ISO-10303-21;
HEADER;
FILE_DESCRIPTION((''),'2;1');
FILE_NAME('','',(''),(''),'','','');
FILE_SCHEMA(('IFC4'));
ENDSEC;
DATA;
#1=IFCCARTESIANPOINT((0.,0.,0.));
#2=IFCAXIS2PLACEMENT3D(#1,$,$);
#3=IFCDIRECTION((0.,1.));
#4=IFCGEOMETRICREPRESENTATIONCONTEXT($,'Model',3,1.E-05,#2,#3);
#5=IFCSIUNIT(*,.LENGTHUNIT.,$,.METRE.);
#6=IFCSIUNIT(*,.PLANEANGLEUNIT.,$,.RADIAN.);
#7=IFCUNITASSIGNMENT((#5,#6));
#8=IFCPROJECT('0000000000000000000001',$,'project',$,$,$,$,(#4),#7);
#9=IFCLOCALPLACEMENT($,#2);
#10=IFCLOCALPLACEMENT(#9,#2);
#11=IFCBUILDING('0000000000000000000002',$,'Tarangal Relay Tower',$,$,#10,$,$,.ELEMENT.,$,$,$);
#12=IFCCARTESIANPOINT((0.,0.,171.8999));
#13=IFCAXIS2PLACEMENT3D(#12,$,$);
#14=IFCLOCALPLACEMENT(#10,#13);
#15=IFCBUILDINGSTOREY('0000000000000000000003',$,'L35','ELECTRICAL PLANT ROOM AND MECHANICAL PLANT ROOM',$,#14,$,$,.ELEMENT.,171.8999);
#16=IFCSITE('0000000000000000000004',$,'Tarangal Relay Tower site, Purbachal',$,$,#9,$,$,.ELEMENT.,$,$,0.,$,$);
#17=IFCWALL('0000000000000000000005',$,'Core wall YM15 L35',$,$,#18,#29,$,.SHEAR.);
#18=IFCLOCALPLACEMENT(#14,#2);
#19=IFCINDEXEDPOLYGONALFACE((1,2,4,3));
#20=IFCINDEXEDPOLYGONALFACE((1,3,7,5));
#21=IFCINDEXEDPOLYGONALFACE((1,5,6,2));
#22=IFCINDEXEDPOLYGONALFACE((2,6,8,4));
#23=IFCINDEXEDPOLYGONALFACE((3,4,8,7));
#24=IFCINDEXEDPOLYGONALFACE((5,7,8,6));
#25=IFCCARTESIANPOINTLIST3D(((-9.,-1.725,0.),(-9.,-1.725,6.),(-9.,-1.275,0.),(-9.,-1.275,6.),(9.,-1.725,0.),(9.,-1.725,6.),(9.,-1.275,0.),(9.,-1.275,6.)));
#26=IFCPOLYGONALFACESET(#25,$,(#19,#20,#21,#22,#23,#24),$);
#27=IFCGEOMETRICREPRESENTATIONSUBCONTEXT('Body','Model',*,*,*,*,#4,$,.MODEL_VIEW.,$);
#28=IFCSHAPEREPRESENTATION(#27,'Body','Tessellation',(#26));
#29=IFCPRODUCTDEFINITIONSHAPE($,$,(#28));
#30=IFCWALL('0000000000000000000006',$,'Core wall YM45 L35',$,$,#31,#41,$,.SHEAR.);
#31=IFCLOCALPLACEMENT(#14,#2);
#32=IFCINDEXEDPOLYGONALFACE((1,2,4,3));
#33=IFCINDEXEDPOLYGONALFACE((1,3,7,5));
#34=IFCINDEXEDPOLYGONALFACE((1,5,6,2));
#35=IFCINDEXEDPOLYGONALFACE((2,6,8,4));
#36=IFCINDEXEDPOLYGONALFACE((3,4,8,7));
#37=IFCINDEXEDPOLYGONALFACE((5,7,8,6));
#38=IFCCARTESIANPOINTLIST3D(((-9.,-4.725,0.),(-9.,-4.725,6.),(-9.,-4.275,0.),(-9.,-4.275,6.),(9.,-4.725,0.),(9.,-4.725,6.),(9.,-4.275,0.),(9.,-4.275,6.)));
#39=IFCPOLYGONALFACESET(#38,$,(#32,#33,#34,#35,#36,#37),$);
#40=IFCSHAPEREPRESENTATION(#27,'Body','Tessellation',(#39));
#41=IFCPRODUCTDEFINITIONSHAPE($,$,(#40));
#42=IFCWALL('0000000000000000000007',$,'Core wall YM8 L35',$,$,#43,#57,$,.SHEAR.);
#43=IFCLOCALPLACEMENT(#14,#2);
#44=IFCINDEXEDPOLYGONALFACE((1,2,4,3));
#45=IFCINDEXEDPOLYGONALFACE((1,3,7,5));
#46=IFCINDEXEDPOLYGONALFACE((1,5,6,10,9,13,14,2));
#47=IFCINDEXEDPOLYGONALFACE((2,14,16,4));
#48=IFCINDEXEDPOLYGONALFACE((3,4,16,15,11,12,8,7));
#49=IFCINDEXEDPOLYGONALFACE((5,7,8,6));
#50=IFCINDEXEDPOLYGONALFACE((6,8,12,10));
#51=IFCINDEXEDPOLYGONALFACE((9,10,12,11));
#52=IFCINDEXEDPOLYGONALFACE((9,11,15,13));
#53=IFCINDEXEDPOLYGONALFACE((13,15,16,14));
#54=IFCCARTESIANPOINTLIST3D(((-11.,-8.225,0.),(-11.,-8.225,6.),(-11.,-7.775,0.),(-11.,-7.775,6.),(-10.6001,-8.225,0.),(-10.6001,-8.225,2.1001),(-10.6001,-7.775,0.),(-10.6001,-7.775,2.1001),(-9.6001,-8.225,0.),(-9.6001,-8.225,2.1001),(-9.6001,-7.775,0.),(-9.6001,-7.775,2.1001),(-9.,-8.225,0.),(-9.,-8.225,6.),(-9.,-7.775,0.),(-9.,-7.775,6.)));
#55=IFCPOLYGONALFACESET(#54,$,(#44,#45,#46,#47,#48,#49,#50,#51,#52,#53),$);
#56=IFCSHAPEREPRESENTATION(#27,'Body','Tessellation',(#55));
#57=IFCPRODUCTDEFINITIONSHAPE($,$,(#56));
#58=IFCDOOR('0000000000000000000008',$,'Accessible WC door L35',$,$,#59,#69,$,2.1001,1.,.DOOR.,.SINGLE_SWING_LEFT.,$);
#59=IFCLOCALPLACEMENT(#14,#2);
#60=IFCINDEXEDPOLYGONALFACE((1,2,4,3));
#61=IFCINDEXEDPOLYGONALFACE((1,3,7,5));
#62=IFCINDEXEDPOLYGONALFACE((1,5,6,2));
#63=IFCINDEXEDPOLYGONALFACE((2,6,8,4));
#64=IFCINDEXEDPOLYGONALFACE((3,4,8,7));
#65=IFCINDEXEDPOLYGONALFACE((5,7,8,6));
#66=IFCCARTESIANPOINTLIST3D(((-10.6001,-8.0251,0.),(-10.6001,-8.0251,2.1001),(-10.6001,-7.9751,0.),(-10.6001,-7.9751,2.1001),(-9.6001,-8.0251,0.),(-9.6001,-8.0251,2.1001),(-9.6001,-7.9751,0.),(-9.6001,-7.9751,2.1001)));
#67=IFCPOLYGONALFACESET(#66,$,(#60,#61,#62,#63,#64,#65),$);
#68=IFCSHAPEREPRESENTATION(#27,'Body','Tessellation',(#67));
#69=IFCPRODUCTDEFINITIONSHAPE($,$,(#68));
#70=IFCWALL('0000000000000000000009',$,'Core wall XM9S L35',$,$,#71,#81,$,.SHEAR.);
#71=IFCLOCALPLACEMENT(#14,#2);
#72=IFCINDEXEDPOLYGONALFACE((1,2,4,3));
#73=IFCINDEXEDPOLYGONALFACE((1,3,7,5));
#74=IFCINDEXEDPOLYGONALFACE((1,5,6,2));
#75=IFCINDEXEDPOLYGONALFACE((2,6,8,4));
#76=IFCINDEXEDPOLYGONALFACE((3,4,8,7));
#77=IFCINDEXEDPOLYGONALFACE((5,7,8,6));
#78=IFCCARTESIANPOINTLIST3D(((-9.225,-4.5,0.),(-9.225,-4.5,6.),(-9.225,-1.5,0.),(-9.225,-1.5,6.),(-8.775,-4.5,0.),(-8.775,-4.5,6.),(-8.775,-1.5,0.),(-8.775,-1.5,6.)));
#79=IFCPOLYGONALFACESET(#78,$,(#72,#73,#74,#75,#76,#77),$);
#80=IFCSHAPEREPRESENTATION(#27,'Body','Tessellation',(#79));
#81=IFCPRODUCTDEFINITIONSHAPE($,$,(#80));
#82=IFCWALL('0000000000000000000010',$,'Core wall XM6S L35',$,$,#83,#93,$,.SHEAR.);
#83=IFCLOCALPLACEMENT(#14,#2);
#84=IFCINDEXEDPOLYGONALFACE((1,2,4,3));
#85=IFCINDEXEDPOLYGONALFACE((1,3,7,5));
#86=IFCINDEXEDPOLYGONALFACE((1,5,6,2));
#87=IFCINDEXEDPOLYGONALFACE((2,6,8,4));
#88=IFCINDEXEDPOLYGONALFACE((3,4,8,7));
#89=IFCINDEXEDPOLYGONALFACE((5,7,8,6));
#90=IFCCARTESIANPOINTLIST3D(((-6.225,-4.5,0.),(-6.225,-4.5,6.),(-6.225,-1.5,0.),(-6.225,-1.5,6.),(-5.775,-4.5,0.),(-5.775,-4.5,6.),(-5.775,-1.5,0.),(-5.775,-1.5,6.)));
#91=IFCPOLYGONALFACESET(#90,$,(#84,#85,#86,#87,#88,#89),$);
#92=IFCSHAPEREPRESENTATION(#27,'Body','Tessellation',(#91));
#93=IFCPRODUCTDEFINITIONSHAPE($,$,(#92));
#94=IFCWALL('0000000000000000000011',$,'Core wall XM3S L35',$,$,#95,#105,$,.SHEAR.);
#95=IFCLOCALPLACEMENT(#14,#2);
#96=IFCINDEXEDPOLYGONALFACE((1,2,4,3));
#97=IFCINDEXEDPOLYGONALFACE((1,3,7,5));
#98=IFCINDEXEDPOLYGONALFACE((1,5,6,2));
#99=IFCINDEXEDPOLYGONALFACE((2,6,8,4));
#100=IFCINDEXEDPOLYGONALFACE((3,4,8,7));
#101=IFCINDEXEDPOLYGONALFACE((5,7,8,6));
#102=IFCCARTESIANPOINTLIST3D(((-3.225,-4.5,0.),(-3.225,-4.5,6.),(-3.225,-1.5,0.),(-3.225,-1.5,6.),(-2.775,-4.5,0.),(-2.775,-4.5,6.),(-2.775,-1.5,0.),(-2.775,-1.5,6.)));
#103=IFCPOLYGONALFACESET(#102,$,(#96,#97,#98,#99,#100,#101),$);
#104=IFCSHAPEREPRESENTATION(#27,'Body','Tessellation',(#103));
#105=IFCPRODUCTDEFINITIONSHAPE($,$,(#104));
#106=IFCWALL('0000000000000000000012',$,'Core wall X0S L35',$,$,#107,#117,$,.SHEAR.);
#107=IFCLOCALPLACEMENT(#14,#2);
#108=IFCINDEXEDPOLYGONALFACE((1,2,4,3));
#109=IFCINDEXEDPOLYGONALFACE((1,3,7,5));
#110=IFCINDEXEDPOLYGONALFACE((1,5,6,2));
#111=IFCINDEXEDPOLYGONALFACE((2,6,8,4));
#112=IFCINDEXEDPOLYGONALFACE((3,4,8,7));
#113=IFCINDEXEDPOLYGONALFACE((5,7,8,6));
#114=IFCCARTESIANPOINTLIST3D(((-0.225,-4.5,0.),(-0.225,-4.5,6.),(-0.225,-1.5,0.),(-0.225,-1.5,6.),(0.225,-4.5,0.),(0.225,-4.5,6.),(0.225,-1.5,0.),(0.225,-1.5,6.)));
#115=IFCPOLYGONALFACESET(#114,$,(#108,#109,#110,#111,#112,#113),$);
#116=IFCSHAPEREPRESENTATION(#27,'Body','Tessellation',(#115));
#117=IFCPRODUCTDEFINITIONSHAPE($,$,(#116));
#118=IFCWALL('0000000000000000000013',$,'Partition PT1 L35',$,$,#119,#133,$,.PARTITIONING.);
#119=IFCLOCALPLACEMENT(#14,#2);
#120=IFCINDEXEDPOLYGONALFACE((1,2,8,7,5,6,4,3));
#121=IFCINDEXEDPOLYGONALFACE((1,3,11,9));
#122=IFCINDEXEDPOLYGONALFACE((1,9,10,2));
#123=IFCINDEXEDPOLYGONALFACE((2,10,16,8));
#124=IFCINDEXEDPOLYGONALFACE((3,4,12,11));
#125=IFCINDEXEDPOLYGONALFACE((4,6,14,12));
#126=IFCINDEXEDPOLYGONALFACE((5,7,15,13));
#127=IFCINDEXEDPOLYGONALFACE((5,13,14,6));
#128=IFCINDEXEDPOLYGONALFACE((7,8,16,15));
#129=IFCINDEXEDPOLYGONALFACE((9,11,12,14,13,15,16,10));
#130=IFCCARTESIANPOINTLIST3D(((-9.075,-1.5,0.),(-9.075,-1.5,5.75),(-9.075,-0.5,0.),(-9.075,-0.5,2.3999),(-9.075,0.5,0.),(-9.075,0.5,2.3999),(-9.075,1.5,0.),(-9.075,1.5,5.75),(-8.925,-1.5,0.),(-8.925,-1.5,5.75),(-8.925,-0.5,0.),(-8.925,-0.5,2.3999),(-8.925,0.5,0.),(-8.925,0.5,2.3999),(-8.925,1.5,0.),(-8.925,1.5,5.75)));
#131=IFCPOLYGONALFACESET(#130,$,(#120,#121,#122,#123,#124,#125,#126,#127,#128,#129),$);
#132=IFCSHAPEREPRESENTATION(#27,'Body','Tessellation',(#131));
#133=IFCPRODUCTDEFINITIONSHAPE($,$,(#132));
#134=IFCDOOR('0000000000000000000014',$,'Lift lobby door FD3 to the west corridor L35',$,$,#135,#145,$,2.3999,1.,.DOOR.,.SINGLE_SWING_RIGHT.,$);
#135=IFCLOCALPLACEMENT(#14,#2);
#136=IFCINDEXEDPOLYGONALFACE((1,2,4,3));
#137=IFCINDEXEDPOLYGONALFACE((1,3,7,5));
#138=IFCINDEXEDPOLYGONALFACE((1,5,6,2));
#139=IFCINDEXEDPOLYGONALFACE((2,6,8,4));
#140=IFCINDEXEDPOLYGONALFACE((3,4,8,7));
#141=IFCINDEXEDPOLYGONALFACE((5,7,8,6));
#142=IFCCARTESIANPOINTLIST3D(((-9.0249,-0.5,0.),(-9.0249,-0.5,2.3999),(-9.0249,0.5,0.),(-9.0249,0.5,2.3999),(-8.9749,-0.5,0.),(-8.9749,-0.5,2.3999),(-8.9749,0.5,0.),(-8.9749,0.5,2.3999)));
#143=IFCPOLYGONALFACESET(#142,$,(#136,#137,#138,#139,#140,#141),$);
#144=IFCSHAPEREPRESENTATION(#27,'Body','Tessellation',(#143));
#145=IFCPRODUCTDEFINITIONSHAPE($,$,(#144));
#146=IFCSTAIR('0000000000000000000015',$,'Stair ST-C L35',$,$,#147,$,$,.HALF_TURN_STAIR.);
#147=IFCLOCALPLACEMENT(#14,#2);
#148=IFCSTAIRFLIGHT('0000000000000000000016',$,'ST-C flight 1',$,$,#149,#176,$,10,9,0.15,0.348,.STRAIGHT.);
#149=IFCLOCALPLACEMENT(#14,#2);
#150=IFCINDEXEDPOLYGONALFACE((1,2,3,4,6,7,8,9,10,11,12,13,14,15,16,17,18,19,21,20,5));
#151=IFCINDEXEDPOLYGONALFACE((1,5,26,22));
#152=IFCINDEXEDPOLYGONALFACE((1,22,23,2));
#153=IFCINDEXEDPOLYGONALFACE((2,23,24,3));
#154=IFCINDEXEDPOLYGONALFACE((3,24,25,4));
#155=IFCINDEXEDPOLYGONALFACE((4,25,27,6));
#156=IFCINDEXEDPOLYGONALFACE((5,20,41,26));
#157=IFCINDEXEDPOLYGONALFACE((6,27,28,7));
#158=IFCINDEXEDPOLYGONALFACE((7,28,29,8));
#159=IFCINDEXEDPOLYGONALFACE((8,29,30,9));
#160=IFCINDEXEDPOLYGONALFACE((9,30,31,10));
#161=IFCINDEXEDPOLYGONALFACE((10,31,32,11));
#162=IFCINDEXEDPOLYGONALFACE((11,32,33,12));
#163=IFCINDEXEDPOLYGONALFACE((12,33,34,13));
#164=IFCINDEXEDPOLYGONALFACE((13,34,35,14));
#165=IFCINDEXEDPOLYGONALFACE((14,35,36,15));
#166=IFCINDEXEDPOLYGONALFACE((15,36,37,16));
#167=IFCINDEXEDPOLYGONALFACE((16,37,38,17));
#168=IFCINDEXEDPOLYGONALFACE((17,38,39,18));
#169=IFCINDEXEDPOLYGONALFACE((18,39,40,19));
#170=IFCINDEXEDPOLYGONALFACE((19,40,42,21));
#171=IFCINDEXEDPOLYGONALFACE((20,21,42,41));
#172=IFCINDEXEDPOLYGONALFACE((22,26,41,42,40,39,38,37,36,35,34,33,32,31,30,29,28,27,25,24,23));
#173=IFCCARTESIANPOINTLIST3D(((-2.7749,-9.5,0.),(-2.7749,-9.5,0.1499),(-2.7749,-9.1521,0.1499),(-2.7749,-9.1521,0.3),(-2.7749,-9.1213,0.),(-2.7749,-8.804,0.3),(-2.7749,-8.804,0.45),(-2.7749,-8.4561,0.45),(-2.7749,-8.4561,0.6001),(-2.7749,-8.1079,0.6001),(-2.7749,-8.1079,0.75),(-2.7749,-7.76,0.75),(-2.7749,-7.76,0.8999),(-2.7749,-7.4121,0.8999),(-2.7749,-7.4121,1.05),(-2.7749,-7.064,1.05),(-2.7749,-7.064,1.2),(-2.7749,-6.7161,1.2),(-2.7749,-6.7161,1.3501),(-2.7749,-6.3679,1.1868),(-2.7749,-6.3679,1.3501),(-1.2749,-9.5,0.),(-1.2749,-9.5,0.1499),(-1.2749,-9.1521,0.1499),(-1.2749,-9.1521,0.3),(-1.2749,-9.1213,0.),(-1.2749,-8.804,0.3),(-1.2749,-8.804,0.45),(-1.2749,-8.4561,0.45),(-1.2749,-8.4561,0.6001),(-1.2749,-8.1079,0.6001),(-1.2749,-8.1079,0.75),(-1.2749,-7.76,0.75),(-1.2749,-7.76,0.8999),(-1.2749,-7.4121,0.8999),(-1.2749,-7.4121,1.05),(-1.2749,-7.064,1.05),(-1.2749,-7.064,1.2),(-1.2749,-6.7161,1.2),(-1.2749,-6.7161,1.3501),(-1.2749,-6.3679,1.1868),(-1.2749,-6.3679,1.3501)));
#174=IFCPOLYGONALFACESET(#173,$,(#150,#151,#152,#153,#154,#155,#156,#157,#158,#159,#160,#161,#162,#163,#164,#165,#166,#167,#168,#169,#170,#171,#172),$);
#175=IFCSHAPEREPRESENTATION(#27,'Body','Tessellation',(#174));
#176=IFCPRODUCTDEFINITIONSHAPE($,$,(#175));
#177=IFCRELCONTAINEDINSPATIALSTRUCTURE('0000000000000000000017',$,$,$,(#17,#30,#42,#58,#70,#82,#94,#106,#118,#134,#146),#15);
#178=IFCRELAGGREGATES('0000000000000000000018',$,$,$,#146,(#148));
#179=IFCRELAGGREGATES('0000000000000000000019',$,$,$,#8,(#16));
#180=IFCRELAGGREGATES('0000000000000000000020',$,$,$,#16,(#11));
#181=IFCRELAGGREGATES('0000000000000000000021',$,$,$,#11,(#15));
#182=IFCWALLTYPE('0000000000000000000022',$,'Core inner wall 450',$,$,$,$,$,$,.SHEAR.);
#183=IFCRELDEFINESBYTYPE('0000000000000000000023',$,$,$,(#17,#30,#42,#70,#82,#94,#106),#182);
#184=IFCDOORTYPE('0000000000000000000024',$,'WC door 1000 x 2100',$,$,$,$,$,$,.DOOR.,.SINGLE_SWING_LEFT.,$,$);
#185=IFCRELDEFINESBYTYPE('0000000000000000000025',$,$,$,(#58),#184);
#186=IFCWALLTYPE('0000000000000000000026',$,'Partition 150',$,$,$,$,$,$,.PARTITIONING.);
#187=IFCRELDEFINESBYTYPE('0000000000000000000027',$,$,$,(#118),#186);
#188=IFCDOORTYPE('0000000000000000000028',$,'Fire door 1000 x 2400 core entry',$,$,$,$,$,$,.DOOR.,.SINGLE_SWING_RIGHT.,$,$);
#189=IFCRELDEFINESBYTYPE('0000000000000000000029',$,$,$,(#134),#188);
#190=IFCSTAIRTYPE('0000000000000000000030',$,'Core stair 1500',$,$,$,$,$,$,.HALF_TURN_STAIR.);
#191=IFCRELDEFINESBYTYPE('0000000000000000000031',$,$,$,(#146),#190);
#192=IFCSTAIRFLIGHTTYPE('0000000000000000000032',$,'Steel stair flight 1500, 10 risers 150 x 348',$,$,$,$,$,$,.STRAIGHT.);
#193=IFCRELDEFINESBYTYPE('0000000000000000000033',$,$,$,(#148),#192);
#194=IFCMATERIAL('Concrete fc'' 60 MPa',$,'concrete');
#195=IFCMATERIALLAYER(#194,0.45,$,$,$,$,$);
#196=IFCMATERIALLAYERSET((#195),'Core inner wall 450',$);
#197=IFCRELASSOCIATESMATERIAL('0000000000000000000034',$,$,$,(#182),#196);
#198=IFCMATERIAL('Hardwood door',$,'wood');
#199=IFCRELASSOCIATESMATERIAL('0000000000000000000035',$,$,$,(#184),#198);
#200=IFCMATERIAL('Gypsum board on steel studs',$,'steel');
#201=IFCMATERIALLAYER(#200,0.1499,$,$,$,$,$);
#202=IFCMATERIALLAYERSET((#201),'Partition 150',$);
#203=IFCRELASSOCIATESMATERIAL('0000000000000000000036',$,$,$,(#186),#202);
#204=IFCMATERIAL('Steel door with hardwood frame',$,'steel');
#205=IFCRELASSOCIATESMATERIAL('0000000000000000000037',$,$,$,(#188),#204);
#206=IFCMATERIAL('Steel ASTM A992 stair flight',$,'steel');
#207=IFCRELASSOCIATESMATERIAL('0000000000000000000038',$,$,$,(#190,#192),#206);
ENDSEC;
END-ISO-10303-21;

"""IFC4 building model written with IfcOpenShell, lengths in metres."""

from ifc_helpers import new_model, si_unit, direction, frame, frame_2d, origin, place, context, subcontext, project, spatial, polyline, rectangle, outline, extrude, material, layer, layer_set, type_object, element, fill, aggregate, save


model = new_model("IFC4")

# Units and contexts
model_context = context("Model", 3, precision=1e-05, world=origin(), true_north=direction((0.0, 1.0)))
body_context = subcontext(model_context, "Body", "Model", "MODEL_VIEW")
ifc_project = project(units=[si_unit("LENGTHUNIT", "METRE"), si_unit("PLANEANGLEUNIT", "RADIAN")], contexts=[model_context])

# Site, building, storey
site_placement = place(None, origin())
site = spatial("IfcSite", under=ifc_project, at=site_placement, Name="Tarangal Relay Tower site, Purbachal", CompositionType="ELEMENT", RefElevation=0.0)
building_placement = place(site_placement, origin())
building = spatial("IfcBuilding", under=site, at=building_placement, Name="Tarangal Relay Tower", CompositionType="ELEMENT")
storey_placement = place(building_placement, frame((0.0, 0.0, 171.8999)))
storey = spatial("IfcBuildingStorey", under=building, at=storey_placement, Name="L35", Description="ELECTRICAL PLANT ROOM AND MECHANICAL PLANT ROOM", CompositionType="ELEMENT", Elevation=171.8999)

# Walls
ifc_material_1 = material(Name="Concrete fc' 60 MPa", Category="concrete")
ifc_layer_1 = layer(ifc_material_1, 0.45)
ifc_layer_set_1 = layer_set([ifc_layer_1], Name="Core inner wall 450")
wall_type_1 = type_object("IfcWallType", Name="Core inner wall 450", PredefinedType="SHEAR", material=ifc_layer_set_1)
for number, where, z_axis, x_axis, name in (
    (1, (-9.0, -1.5, 0.0), (0.0, 0.0, 1.0), (1.0, 0.0, 0.0), "Core wall YM15 L35"),
    (2, (-9.0, -4.5, 0.0), (0.0, 0.0, 1.0), (1.0, 0.0, 0.0), "Core wall YM45 L35"),
):
    element("IfcWall", number, at=place(storey_placement, frame(where, z_axis=z_axis, x_axis=x_axis)), inside=storey, type_object=wall_type_1, Name=name, PredefinedType="SHEAR", context=body_context, shape_type="SweptSolid", body=[
        extrude(rectangle(XDim=18.0, YDim=0.45, at=frame_2d((9.0, 0.0))), origin(), (0.0, 0.0, 1.0), 6.0),
    ])

# Wall, opening, door
wall_1_placement = place(storey_placement, frame((-11.0, -8.0, 0.0), z_axis=(0.0, 0.0, 1.0), x_axis=(1.0, 0.0, 0.0)))
wall_1 = element("IfcWall", 3, at=wall_1_placement, inside=storey, type_object=wall_type_1, Name="Core wall YM8 L35", PredefinedType="SHEAR", context=body_context, shape_type="SweptSolid", body=[
    extrude(rectangle(XDim=2.0, YDim=0.45, at=frame_2d((1.0, 0.0))), origin(), (0.0, 0.0, 1.0), 6.0),
])
opening_1_placement = place(wall_1_placement, frame((0.3999, 0.0, 0.0)))
opening_1 = element("IfcOpeningElement", 4, at=opening_1_placement, cuts=wall_1, PredefinedType="OPENING", context=body_context, shape_type="SweptSolid", body=[
    extrude(rectangle(XDim=1.0, YDim=2.1001, at=frame_2d((0.5, 1.05))), frame((0.0, 0.2349, 0.0), z_axis=(0.0, -1.0, 0.0), x_axis=(1.0, 0.0, 0.0)), (0.0, 0.0, 1.0), 0.47),
])
ifc_material_2 = material(Name="Hardwood door", Category="wood")
door_type_1 = type_object("IfcDoorType", Name="WC door 1000 x 2100", OperationType="SINGLE_SWING_LEFT", PredefinedType="DOOR", material=ifc_material_2)
door_1_placement = place(opening_1_placement, origin())
door_1 = element("IfcDoor", 5, at=door_1_placement, inside=storey, type_object=door_type_1, Name="Accessible WC door L35", OperationType="SINGLE_SWING_LEFT", OverallHeight=2.1001, OverallWidth=1.0, PredefinedType="DOOR", context=body_context, shape_type="SweptSolid", body=[
    extrude(rectangle(XDim=1.0, YDim=2.1001, at=frame_2d((0.5, 1.05))), frame((0.0, 0.0249, 0.0), z_axis=(0.0, -1.0, 0.0), x_axis=(1.0, 0.0, 0.0)), (0.0, 0.0, 1.0), 0.05),
])
fill(opening_1, door_1)

# Walls
for number, where, z_axis, x_axis, name in (
    (6, (-9.0, -4.5, 0.0), (0.0, 0.0, 1.0), (0.0, 1.0, 0.0), "Core wall XM9S L35"),
    (7, (-6.0, -4.5, 0.0), (0.0, 0.0, 1.0), (0.0, 1.0, 0.0), "Core wall XM6S L35"),
    (8, (-3.0, -4.5, 0.0), (0.0, 0.0, 1.0), (0.0, 1.0, 0.0), "Core wall XM3S L35"),
    (9, (0.0, -4.5, 0.0), (0.0, 0.0, 1.0), (0.0, 1.0, 0.0), "Core wall X0S L35"),
):
    element("IfcWall", number, at=place(storey_placement, frame(where, z_axis=z_axis, x_axis=x_axis)), inside=storey, type_object=wall_type_1, Name=name, PredefinedType="SHEAR", context=body_context, shape_type="SweptSolid", body=[
        extrude(rectangle(XDim=3.0, YDim=0.45, at=frame_2d((1.5, 0.0))), origin(), (0.0, 0.0, 1.0), 6.0),
    ])

# Wall, opening, door
ifc_material_3 = material(Name="Gypsum board on steel studs", Category="steel")
ifc_layer_2 = layer(ifc_material_3, 0.1499)
ifc_layer_set_2 = layer_set([ifc_layer_2], Name="Partition 150")
wall_type_2 = type_object("IfcWallType", Name="Partition 150", PredefinedType="PARTITIONING", material=ifc_layer_set_2)
wall_2_placement = place(storey_placement, frame((-9.0, -1.5, 0.0), z_axis=(0.0, 0.0, 1.0), x_axis=(0.0, 1.0, 0.0)))
wall_2 = element("IfcWall", 10, at=wall_2_placement, inside=storey, type_object=wall_type_2, Name="Partition PT1 L35", PredefinedType="PARTITIONING", context=body_context, shape_type="SweptSolid", body=[
    extrude(rectangle(XDim=3.0, YDim=0.1499, at=frame_2d((1.5, 0.0))), origin(), (0.0, 0.0, 1.0), 5.75),
])
opening_2_placement = place(wall_2_placement, frame((1.0, 0.0, 0.0)))
opening_2 = element("IfcOpeningElement", 11, at=opening_2_placement, cuts=wall_2, PredefinedType="OPENING", context=body_context, shape_type="SweptSolid", body=[
    extrude(rectangle(XDim=1.0, YDim=2.3999, at=frame_2d((0.5, 1.2))), frame((0.0, 0.085, 0.0), z_axis=(0.0, -1.0, 0.0), x_axis=(1.0, 0.0, 0.0)), (0.0, 0.0, 1.0), 0.1699),
])
ifc_material_4 = material(Name="Steel door with hardwood frame", Category="steel")
door_type_2 = type_object("IfcDoorType", Name="Fire door 1000 x 2400 core entry", OperationType="SINGLE_SWING_RIGHT", PredefinedType="DOOR", material=ifc_material_4)
door_2_placement = place(opening_2_placement, origin())
door_2 = element("IfcDoor", 12, at=door_2_placement, inside=storey, type_object=door_type_2, Name="Lift lobby door FD3 to the west corridor L35", OperationType="SINGLE_SWING_RIGHT", OverallHeight=2.3999, OverallWidth=1.0, PredefinedType="DOOR", context=body_context, shape_type="SweptSolid", body=[
    extrude(rectangle(XDim=1.0, YDim=2.3999, at=frame_2d((0.5, 1.2))), frame((0.0, 0.0249, 0.0), z_axis=(0.0, -1.0, 0.0), x_axis=(1.0, 0.0, 0.0)), (0.0, 0.0, 1.0), 0.05),
])
fill(opening_2, door_2)

# Stair, stair flight
ifc_material_5 = material(Name="Steel ASTM A992 stair flight", Category="steel")
stair_type = type_object("IfcStairType", Name="Core stair 1500", PredefinedType="HALF_TURN_STAIR", material=ifc_material_5)
stair_placement = place(storey_placement, origin())
stair = element("IfcStair", 13, at=stair_placement, inside=storey, type_object=stair_type, Name="Stair ST-C L35", PredefinedType="HALF_TURN_STAIR")
stair_flight_type = type_object("IfcStairFlightType", Name="Steel stair flight 1500, 10 risers 150 x 348", PredefinedType="STRAIGHT", material=ifc_material_5)
stair_flight_1_placement = place(storey_placement, frame((-2.0249, -9.5, 0.0), z_axis=(0.0, 0.0, 1.0), x_axis=(0.0, 1.0, 0.0)))
stair_flight_1 = element("IfcStairFlight", 14, at=stair_flight_1_placement, type_object=stair_flight_type, Name="ST-C flight 1", NumberOfRisers=10, NumberOfTreads=9, PredefinedType="STRAIGHT", RiserHeight=0.15, TreadLength=0.348, context=body_context, shape_type="SweptSolid", body=[
    extrude(outline(polyline([(0.0, 0.0), (0.0, 0.1499), (0.3479, 0.1499), (0.3479, 0.3), (0.696, 0.3), (0.696, 0.45), (1.0439, 0.45), (1.0439, 0.6001), (1.3921, 0.6001), (1.3921, 0.75), (1.74, 0.75), (1.74, 0.8999), (2.0879, 0.8999), (2.0879, 1.05), (2.436, 1.05), (2.436, 1.2), (2.7839, 1.2), (2.7839, 1.3501), (3.1321, 1.3501), (3.1321, 1.5), (3.1321, 1.1868), (0.3787, 0.0), (0.0, 0.0)])), frame((0.0, 0.75, 0.0), z_axis=(0.0, -1.0, 0.0), x_axis=(1.0, 0.0, 0.0)), (0.0, 0.0, 1.0), 1.5),
])
aggregate(stair, [stair_flight_1])

save(model, "model.ifc")
